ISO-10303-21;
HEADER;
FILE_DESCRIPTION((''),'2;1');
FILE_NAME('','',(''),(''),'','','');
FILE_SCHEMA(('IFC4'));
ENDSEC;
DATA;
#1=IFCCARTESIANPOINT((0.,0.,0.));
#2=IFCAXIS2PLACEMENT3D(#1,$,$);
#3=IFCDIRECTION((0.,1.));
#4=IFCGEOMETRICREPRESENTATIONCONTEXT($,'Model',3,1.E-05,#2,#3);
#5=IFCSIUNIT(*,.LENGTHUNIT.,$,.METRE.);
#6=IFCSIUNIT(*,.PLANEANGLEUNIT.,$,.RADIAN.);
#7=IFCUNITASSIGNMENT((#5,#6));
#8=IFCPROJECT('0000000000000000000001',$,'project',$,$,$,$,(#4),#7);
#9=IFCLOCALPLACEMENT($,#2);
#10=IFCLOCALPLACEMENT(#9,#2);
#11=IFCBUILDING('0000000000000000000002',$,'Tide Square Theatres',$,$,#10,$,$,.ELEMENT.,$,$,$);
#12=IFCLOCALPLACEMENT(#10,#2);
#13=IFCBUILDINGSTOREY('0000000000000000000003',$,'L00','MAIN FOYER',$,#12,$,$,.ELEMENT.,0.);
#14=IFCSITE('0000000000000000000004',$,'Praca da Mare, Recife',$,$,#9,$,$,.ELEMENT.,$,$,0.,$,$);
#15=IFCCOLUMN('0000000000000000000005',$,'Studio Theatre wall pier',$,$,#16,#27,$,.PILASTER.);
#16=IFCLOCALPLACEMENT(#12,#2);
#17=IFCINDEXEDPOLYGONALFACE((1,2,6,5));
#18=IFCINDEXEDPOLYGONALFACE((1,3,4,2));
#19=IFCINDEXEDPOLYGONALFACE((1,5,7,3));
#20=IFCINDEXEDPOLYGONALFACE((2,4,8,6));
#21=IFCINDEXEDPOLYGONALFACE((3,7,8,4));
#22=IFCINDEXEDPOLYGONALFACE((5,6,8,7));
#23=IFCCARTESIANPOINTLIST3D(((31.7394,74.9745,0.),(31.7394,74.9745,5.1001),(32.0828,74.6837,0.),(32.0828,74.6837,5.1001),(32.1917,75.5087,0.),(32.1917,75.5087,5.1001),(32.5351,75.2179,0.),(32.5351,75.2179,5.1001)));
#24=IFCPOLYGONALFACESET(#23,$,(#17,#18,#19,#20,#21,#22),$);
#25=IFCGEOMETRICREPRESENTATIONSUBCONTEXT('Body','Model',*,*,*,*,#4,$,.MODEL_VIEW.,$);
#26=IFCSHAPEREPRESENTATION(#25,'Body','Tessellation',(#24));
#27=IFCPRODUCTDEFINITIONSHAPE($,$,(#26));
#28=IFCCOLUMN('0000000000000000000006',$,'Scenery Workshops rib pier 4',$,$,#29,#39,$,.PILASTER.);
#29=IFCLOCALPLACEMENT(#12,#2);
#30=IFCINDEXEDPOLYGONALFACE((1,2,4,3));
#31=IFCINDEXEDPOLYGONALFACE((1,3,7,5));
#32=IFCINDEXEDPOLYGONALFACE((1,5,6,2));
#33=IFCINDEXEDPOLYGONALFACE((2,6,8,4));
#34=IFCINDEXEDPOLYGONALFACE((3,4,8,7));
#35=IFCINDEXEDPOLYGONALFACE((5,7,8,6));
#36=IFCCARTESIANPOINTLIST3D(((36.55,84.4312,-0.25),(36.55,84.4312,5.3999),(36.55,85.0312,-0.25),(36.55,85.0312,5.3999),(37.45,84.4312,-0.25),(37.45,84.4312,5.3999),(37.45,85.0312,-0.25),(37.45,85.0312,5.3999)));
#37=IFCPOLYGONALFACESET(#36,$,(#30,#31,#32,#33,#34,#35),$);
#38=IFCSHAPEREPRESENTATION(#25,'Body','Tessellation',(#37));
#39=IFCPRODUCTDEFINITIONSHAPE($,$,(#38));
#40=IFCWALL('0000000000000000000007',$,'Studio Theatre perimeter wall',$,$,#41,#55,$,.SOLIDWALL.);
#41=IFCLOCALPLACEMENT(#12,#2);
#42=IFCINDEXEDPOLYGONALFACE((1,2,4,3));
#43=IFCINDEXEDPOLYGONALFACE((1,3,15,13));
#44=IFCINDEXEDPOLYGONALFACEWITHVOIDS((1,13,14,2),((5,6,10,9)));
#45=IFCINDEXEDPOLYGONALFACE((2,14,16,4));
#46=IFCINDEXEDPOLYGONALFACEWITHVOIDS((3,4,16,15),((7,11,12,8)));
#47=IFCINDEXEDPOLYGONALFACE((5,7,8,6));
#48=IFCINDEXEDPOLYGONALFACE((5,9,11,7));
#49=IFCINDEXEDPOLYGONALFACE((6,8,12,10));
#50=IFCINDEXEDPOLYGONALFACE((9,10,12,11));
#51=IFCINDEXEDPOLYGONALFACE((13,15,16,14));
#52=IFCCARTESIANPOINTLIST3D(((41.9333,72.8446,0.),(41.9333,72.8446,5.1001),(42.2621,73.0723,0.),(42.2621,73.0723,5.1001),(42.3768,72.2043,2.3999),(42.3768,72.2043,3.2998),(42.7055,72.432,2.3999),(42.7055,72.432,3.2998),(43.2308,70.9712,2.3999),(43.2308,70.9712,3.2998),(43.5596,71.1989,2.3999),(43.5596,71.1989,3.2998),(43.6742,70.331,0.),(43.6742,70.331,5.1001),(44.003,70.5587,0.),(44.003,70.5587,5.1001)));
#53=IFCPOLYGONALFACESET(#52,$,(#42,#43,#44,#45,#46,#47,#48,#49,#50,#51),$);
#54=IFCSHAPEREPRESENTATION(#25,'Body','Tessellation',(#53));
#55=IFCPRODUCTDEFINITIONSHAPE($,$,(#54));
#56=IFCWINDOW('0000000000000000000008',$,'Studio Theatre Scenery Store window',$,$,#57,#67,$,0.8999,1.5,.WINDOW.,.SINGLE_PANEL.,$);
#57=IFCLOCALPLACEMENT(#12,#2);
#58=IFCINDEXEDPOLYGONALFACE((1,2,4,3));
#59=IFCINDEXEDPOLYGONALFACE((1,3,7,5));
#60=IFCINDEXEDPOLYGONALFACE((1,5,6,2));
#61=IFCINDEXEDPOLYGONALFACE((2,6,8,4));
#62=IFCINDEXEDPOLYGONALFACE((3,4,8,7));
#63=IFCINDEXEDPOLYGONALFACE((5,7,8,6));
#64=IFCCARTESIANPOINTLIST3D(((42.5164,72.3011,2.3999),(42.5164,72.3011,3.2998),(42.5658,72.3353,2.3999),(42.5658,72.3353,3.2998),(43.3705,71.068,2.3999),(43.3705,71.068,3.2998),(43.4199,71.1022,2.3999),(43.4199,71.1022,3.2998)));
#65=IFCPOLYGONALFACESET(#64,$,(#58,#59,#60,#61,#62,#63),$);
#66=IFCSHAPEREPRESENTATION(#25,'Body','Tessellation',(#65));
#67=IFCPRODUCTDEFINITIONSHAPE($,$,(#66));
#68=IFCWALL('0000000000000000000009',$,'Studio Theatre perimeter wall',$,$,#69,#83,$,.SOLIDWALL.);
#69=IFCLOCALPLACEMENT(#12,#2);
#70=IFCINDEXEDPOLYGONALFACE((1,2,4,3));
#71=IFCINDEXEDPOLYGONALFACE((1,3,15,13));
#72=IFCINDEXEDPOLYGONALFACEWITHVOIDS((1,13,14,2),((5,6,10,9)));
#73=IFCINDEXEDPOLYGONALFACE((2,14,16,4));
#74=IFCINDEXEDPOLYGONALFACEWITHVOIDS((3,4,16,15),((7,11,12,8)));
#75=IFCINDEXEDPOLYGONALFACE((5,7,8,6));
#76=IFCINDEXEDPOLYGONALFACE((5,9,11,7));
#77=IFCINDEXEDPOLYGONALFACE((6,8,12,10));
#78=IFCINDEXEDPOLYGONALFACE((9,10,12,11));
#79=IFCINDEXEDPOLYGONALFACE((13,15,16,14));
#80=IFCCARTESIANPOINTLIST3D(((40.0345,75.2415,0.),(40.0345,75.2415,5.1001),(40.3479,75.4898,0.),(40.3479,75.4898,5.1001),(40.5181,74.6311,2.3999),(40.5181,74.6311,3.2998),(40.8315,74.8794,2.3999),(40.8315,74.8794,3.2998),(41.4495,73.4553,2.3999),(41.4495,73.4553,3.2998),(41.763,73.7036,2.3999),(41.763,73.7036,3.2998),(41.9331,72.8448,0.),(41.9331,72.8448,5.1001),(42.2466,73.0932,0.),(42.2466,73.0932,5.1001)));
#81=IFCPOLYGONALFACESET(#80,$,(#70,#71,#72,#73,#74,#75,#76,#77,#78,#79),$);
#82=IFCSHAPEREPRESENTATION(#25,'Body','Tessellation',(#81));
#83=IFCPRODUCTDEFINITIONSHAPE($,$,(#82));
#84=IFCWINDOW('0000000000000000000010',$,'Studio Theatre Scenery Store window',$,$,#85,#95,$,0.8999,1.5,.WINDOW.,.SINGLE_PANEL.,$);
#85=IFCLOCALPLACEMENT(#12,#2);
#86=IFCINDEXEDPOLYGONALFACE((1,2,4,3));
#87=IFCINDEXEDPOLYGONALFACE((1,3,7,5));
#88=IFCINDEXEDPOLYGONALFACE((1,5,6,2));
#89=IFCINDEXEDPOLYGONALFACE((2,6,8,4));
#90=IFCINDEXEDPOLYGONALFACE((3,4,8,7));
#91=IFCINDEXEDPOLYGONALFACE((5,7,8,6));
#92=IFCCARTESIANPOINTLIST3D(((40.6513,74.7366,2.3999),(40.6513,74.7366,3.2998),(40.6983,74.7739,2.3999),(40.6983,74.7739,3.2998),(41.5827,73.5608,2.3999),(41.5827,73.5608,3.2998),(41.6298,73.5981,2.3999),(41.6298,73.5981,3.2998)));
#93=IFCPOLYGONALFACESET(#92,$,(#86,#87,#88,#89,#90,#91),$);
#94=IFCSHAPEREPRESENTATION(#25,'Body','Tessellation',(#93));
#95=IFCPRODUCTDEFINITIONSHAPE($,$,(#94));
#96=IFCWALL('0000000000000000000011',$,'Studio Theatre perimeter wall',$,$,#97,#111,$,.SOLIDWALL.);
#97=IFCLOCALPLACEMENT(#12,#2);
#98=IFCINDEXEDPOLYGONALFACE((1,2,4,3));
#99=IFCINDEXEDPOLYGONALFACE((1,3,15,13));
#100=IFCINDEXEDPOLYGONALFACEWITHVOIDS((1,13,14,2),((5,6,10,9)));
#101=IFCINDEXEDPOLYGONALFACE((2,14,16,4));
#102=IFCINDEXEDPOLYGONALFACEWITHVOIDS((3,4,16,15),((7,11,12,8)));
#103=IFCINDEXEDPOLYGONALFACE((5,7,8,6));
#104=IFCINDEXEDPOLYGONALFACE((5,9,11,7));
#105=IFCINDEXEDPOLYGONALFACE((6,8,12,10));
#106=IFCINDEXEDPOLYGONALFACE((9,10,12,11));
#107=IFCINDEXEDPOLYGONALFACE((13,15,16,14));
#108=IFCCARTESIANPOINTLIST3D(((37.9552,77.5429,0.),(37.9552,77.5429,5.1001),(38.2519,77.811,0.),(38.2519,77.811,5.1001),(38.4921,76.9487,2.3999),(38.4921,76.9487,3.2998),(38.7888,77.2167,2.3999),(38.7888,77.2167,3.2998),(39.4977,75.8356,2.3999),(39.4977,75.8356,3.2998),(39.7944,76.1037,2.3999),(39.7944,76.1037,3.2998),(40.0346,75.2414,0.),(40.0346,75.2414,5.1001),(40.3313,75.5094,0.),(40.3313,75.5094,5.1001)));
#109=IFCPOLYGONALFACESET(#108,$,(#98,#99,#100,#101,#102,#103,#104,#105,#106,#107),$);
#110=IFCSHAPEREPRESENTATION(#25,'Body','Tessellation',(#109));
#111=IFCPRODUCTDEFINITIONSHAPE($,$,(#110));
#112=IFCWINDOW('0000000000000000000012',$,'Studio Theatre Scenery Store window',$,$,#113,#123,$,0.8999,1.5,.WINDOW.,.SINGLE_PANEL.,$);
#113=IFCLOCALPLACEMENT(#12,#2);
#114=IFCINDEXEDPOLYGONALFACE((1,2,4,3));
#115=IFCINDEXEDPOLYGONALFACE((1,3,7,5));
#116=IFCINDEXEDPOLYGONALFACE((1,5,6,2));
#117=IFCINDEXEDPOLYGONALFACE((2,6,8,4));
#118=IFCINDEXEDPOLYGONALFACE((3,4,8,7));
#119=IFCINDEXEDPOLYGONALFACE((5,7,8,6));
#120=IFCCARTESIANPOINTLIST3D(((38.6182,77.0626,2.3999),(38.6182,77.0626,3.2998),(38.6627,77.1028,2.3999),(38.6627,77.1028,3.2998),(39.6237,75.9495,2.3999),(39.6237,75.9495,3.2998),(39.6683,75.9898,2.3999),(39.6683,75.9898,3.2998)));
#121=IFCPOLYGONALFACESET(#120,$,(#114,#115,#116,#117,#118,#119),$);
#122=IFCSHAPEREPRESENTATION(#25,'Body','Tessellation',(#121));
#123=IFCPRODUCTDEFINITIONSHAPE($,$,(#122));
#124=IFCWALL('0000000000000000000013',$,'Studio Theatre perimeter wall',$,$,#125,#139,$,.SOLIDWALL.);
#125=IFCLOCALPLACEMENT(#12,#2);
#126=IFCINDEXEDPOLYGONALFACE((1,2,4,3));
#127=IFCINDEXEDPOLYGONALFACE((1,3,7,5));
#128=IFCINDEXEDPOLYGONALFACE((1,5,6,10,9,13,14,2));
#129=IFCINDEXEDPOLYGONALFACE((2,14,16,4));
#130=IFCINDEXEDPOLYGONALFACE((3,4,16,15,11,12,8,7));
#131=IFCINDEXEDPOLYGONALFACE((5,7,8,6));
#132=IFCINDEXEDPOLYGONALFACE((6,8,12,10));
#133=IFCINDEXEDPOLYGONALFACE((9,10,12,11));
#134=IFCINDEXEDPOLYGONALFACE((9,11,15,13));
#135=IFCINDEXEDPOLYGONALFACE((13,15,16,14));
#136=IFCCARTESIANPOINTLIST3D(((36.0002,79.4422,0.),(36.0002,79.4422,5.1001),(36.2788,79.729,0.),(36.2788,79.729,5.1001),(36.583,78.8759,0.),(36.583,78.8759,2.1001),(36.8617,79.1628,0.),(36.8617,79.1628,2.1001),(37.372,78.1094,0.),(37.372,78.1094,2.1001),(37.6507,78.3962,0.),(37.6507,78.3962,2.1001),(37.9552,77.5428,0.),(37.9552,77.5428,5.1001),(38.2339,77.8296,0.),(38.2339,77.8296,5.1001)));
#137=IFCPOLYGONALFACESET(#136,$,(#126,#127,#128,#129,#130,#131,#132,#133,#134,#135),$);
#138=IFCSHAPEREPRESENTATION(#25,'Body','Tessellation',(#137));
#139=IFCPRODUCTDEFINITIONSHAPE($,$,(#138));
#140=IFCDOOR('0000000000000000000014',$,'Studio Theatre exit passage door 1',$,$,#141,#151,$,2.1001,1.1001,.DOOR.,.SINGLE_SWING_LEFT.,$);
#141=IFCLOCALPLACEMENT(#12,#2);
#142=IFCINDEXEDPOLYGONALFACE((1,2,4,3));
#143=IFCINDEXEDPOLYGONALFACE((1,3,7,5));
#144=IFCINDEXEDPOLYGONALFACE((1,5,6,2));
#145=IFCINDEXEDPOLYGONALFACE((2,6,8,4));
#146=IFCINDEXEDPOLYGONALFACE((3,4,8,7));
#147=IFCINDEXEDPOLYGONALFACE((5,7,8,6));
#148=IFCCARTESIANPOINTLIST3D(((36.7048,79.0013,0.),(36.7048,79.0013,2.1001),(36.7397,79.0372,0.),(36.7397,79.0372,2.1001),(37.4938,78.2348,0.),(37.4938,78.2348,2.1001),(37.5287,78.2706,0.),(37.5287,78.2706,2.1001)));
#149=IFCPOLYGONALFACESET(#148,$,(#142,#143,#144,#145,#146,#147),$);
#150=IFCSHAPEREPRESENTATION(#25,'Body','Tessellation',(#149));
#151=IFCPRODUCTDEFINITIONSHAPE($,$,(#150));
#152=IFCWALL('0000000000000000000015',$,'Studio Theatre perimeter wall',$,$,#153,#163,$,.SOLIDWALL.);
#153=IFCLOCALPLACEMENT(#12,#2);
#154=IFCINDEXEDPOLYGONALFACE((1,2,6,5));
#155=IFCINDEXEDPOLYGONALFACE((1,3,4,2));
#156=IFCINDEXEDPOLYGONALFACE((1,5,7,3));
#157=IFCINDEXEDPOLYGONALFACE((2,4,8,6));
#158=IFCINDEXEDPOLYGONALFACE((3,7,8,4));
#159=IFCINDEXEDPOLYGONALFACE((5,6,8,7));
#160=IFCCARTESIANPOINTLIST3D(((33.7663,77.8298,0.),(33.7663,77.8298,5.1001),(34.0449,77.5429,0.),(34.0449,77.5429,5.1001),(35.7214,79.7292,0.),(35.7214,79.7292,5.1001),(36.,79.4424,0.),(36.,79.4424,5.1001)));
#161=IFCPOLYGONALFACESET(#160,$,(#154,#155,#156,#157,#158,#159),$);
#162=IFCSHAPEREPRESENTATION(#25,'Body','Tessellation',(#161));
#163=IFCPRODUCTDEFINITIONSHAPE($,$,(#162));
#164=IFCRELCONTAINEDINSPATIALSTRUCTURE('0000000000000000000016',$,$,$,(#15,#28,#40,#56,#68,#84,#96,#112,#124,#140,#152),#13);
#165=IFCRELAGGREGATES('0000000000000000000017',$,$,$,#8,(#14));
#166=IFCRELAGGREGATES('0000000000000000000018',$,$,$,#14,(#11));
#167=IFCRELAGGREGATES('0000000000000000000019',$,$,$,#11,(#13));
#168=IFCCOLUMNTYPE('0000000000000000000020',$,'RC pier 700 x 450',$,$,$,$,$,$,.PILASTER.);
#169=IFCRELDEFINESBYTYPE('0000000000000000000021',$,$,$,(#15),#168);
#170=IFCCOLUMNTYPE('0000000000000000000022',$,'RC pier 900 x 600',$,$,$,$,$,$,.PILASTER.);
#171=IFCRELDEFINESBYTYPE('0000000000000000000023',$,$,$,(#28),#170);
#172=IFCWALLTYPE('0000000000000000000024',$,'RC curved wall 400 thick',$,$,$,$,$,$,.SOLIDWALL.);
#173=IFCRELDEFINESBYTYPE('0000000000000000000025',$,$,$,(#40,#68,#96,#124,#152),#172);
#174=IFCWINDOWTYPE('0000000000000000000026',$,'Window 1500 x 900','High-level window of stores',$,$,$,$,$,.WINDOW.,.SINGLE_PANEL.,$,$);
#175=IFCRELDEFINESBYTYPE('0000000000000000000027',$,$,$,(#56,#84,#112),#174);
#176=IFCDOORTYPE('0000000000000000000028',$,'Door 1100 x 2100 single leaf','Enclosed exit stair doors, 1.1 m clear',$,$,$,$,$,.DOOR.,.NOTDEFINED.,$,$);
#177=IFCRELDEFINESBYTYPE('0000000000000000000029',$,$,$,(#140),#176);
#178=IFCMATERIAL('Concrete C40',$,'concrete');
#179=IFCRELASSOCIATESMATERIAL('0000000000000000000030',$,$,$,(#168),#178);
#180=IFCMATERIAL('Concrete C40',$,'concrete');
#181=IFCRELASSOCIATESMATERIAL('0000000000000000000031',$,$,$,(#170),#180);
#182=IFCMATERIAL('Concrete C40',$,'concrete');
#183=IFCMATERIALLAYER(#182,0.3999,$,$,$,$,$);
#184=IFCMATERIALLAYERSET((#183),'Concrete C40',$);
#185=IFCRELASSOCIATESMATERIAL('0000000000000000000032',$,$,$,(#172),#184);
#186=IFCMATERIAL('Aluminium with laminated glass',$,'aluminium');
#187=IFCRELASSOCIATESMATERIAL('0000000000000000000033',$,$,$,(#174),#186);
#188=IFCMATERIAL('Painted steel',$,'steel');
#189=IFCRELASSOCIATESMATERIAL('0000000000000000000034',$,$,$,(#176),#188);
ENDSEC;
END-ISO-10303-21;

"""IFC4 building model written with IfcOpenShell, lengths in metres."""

from ifc_helpers import new_model, si_unit, direction, frame, frame_2d, origin, origin_2d, place, context, subcontext, project, spatial, rectangle, extrude, material, layer, layer_set, material_profile, profile_set, type_object, element, fill, save


model = new_model("IFC4")

# Units and contexts
model_context = context("Model", 3, precision=1e-05, world=origin(), true_north=direction((0.0, 1.0)))
body_context = subcontext(model_context, "Body", "Model", "MODEL_VIEW")
ifc_project = project(units=[si_unit("LENGTHUNIT", "METRE"), si_unit("PLANEANGLEUNIT", "RADIAN")], contexts=[model_context])

# Site, building, storey
site_placement = place(None, origin())
site = spatial("IfcSite", under=ifc_project, at=site_placement, Name="Praca da Mare, Recife", CompositionType="ELEMENT", RefElevation=0.0)
building_placement = place(site_placement, origin())
building = spatial("IfcBuilding", under=site, at=building_placement, Name="Tide Square Theatres", CompositionType="ELEMENT")
storey_placement = place(building_placement, origin())
storey = spatial("IfcBuildingStorey", under=building, at=storey_placement, Name="L00", Description="MAIN FOYER", CompositionType="ELEMENT", Elevation=0.0)

# Columns
ifc_material_1 = material(Name="Concrete C40", Category="concrete")
ifc_material_profile_1 = material_profile(ifc_material_1, rectangle(XDim=0.7, YDim=0.45, at=origin_2d()))
ifc_profile_set_1 = profile_set([ifc_material_profile_1], Name="Concrete C40")
column_type_1 = type_object("IfcColumnType", Name="RC pier 700 x 450", PredefinedType="PILASTER", material=ifc_profile_set_1)
for number, where, z_axis, x_axis, name in (
    (1, (32.1372, 75.0962, 0.0), (0.0, 0.0, 1.0), (-0.646184, -0.763182, 0.0), "Studio Theatre wall pier"),
):
    element("IfcColumn", number, at=place(storey_placement, frame(where, z_axis=z_axis, x_axis=x_axis)), inside=storey, type_object=column_type_1, Name=name, PredefinedType="PILASTER", context=body_context, shape_type="SweptSolid", body=[
        extrude(rectangle(XDim=0.7, YDim=0.45, at=origin_2d()), origin(), (0.0, 0.0, 1.0), 5.1001),
    ])
ifc_material_2 = material(Name="Concrete C40", Category="concrete")
ifc_material_profile_2 = material_profile(ifc_material_2, rectangle(XDim=0.8999, YDim=0.6001, at=origin_2d()))
ifc_profile_set_2 = profile_set([ifc_material_profile_2], Name="Concrete C40")
column_type_2 = type_object("IfcColumnType", Name="RC pier 900 x 600", PredefinedType="PILASTER", material=ifc_profile_set_2)
column_placement = place(storey_placement, frame((37.0, 84.7312, -0.25), z_axis=(0.0, 0.0, 1.0), x_axis=(1.0, 0.0, 0.0)))
element("IfcColumn", 2, at=column_placement, inside=storey, type_object=column_type_2, Name="Scenery Workshops rib pier 4", PredefinedType="PILASTER", context=body_context, shape_type="SweptSolid", body=[
    extrude(rectangle(XDim=0.8999, YDim=0.6001, at=origin_2d()), origin(), (0.0, 0.0, 1.0), 5.6499),
])

# Walls, openings, windows
ifc_material_3 = material(Name="Concrete C40", Category="concrete")
ifc_layer_1 = layer(ifc_material_3, 0.3999)
ifc_layer_set_1 = layer_set([ifc_layer_1], Name="Concrete C40")
wall_type_1 = type_object("IfcWallType", Name="RC curved wall 400 thick", PredefinedType="SOLIDWALL", material=ifc_layer_set_1)
wall_1_placement = place(storey_placement, frame((43.8386, 70.4448, 0.0), z_axis=(0.0, 0.0, 1.0), x_axis=(-0.569372, 0.82208, 0.0)))
wall_1 = element("IfcWall", 3, at=wall_1_placement, inside=storey, type_object=wall_type_1, Name="Studio Theatre perimeter wall", PredefinedType="SOLIDWALL", context=body_context, shape_type="SweptSolid", body=[
    extrude(rectangle(XDim=3.0576, YDim=0.3999, at=frame_2d((1.5288, 0.0))), origin(), (0.0, 0.0, 1.0), 5.1001),
])
opening_1_placement = place(wall_1_placement, frame((0.7788, 0.0, 2.3999)))
opening_1 = element("IfcOpeningElement", 4, at=opening_1_placement, cuts=wall_1, PredefinedType="OPENING", context=body_context, shape_type="SweptSolid", body=[
    extrude(rectangle(XDim=1.5, YDim=0.8999, at=frame_2d((0.75, 0.45))), frame((0.0, 0.21, 0.0), z_axis=(0.0, -1.0, 0.0), x_axis=(1.0, 0.0, 0.0)), (0.0, 0.0, 1.0), 0.4199),
])
ifc_material_4 = material(Name="Aluminium with laminated glass", Category="aluminium")
window_type = type_object("IfcWindowType", Name="Window 1500 x 900", Description="High-level window of stores", PartitioningType="SINGLE_PANEL", PredefinedType="WINDOW", material=ifc_material_4)
window_1_placement = place(opening_1_placement, origin())
window_1 = element("IfcWindow", 5, at=window_1_placement, inside=storey, type_object=window_type, Name="Studio Theatre Scenery Store window", OverallHeight=0.8999, OverallWidth=1.5, PartitioningType="SINGLE_PANEL", PredefinedType="WINDOW", context=body_context, shape_type="SweptSolid", body=[
    extrude(rectangle(XDim=1.5, YDim=0.8999, at=frame_2d((0.75, 0.45))), frame((0.0, 0.03, 0.0), z_axis=(0.0, -1.0, 0.0), x_axis=(1.0, 0.0, 0.0)), (0.0, 0.0, 1.0), 0.0601),
])
fill(opening_1, window_1)
wall_2_placement = place(storey_placement, frame((42.0898, 72.969, 0.0), z_axis=(0.0, 0.0, 1.0), x_axis=(-0.620959, 0.783843, 0.0)))
wall_2 = element("IfcWall", 6, at=wall_2_placement, inside=storey, type_object=wall_type_1, Name="Studio Theatre perimeter wall", PredefinedType="SOLIDWALL", context=body_context, shape_type="SweptSolid", body=[
    extrude(rectangle(XDim=3.0576, YDim=0.3999, at=frame_2d((1.5288, 0.0))), origin(), (0.0, 0.0, 1.0), 5.1001),
])
opening_2_placement = place(wall_2_placement, frame((0.7788, 0.0, 2.3999)))
opening_2 = element("IfcOpeningElement", 7, at=opening_2_placement, cuts=wall_2, PredefinedType="OPENING", context=body_context, shape_type="SweptSolid", body=[
    extrude(rectangle(XDim=1.5, YDim=0.8999, at=frame_2d((0.75, 0.45))), frame((0.0, 0.21, 0.0), z_axis=(0.0, -1.0, 0.0), x_axis=(1.0, 0.0, 0.0)), (0.0, 0.0, 1.0), 0.4199),
])
window_2_placement = place(opening_2_placement, origin())
window_2 = element("IfcWindow", 8, at=window_2_placement, inside=storey, type_object=window_type, Name="Studio Theatre Scenery Store window", OverallHeight=0.8999, OverallWidth=1.5, PartitioningType="SINGLE_PANEL", PredefinedType="WINDOW", context=body_context, shape_type="SweptSolid", body=[
    extrude(rectangle(XDim=1.5, YDim=0.8999, at=frame_2d((0.75, 0.45))), frame((0.0, 0.03, 0.0), z_axis=(0.0, -1.0, 0.0), x_axis=(1.0, 0.0, 0.0)), (0.0, 0.0, 1.0), 0.0601),
])
fill(opening_2, window_2)
wall_3_placement = place(storey_placement, frame((40.1829, 75.3755, 0.0), z_axis=(0.0, 0.0, 1.0), x_axis=(-0.670386, 0.742013, 0.0)))
wall_3 = element("IfcWall", 9, at=wall_3_placement, inside=storey, type_object=wall_type_1, Name="Studio Theatre perimeter wall", PredefinedType="SOLIDWALL", context=body_context, shape_type="SweptSolid", body=[
    extrude(rectangle(XDim=3.1018, YDim=0.3999, at=frame_2d((1.5508, 0.0))), origin(), (0.0, 0.0, 1.0), 5.1001),
])
opening_3_placement = place(wall_3_placement, frame((0.8008, 0.0, 2.3999)))
opening_3 = element("IfcOpeningElement", 10, at=opening_3_placement, cuts=wall_3, PredefinedType="OPENING", context=body_context, shape_type="SweptSolid", body=[
    extrude(rectangle(XDim=1.5, YDim=0.8999, at=frame_2d((0.75, 0.45))), frame((0.0, 0.21, 0.0), z_axis=(0.0, -1.0, 0.0), x_axis=(1.0, 0.0, 0.0)), (0.0, 0.0, 1.0), 0.4199),
])
window_3_placement = place(opening_3_placement, origin())
window_3 = element("IfcWindow", 11, at=window_3_placement, inside=storey, type_object=window_type, Name="Studio Theatre Scenery Store window", OverallHeight=0.8999, OverallWidth=1.5, PartitioningType="SINGLE_PANEL", PredefinedType="WINDOW", context=body_context, shape_type="SweptSolid", body=[
    extrude(rectangle(XDim=1.5, YDim=0.8999, at=frame_2d((0.75, 0.45))), frame((0.0, 0.03, 0.0), z_axis=(0.0, -1.0, 0.0), x_axis=(1.0, 0.0, 0.0)), (0.0, 0.0, 1.0), 0.0601),
])
fill(opening_3, window_3)

# Wall, opening, door
wall_4_placement = place(storey_placement, frame((38.0945, 77.6863, 0.0), z_axis=(0.0, 0.0, 1.0), x_axis=(-0.717244, 0.696823, 0.0)))
wall_4 = element("IfcWall", 12, at=wall_4_placement, inside=storey, type_object=wall_type_1, Name="Studio Theatre perimeter wall", PredefinedType="SOLIDWALL", context=body_context, shape_type="SweptSolid", body=[
    extrude(rectangle(XDim=2.7258, YDim=0.3999, at=frame_2d((1.3628, 0.0))), origin(), (0.0, 0.0, 1.0), 5.1001),
])
opening_4_placement = place(wall_4_placement, frame((0.813, 0.0, 0.0)))
opening_4 = element("IfcOpeningElement", 13, at=opening_4_placement, cuts=wall_4, PredefinedType="OPENING", context=body_context, shape_type="SweptSolid", body=[
    extrude(rectangle(XDim=1.1001, YDim=2.1001, at=frame_2d((0.55, 1.05))), frame((0.0, 0.21, 0.0), z_axis=(0.0, -1.0, 0.0), x_axis=(1.0, 0.0, 0.0)), (0.0, 0.0, 1.0), 0.4199),
])
ifc_material_5 = material(Name="Painted steel", Category="steel")
door_type = type_object("IfcDoorType", Name="Door 1100 x 2100 single leaf", Description="Enclosed exit stair doors, 1.1 m clear", OperationType="NOTDEFINED", PredefinedType="DOOR", material=ifc_material_5)
door_1_placement = place(opening_4_placement, frame((1.1001, 0.0, 0.0), z_axis=(0.0, 0.0, 1.0), x_axis=(-1.0, 0.0, 0.0)))
door_1 = element("IfcDoor", 14, at=door_1_placement, inside=storey, type_object=door_type, Name="Studio Theatre exit passage door 1", OperationType="SINGLE_SWING_LEFT", OverallHeight=2.1001, OverallWidth=1.1001, PredefinedType="DOOR", context=body_context, shape_type="SweptSolid", body=[
    extrude(rectangle(XDim=1.1001, YDim=2.1001, at=frame_2d((0.55, 1.05))), frame((0.0, 0.0249, 0.0), z_axis=(0.0, -1.0, 0.0), x_axis=(1.0, 0.0, 0.0)), (0.0, 0.0, 1.0), 0.05),
])
fill(opening_4, door_1)

# Wall
wall_5_placement = place(storey_placement, frame((35.8606, 79.5857, 0.0), z_axis=(0.0, 0.0, 1.0), x_axis=(-0.717244, -0.696823, 0.0)))
element("IfcWall", 15, at=wall_5_placement, inside=storey, type_object=wall_type_1, Name="Studio Theatre perimeter wall", PredefinedType="SOLIDWALL", context=body_context, shape_type="SweptSolid", body=[
    extrude(rectangle(XDim=2.7258, YDim=0.3999, at=frame_2d((1.3628, 0.0))), origin(), (0.0, 0.0, 1.0), 5.1001),
])

save(model, "model.ifc")
